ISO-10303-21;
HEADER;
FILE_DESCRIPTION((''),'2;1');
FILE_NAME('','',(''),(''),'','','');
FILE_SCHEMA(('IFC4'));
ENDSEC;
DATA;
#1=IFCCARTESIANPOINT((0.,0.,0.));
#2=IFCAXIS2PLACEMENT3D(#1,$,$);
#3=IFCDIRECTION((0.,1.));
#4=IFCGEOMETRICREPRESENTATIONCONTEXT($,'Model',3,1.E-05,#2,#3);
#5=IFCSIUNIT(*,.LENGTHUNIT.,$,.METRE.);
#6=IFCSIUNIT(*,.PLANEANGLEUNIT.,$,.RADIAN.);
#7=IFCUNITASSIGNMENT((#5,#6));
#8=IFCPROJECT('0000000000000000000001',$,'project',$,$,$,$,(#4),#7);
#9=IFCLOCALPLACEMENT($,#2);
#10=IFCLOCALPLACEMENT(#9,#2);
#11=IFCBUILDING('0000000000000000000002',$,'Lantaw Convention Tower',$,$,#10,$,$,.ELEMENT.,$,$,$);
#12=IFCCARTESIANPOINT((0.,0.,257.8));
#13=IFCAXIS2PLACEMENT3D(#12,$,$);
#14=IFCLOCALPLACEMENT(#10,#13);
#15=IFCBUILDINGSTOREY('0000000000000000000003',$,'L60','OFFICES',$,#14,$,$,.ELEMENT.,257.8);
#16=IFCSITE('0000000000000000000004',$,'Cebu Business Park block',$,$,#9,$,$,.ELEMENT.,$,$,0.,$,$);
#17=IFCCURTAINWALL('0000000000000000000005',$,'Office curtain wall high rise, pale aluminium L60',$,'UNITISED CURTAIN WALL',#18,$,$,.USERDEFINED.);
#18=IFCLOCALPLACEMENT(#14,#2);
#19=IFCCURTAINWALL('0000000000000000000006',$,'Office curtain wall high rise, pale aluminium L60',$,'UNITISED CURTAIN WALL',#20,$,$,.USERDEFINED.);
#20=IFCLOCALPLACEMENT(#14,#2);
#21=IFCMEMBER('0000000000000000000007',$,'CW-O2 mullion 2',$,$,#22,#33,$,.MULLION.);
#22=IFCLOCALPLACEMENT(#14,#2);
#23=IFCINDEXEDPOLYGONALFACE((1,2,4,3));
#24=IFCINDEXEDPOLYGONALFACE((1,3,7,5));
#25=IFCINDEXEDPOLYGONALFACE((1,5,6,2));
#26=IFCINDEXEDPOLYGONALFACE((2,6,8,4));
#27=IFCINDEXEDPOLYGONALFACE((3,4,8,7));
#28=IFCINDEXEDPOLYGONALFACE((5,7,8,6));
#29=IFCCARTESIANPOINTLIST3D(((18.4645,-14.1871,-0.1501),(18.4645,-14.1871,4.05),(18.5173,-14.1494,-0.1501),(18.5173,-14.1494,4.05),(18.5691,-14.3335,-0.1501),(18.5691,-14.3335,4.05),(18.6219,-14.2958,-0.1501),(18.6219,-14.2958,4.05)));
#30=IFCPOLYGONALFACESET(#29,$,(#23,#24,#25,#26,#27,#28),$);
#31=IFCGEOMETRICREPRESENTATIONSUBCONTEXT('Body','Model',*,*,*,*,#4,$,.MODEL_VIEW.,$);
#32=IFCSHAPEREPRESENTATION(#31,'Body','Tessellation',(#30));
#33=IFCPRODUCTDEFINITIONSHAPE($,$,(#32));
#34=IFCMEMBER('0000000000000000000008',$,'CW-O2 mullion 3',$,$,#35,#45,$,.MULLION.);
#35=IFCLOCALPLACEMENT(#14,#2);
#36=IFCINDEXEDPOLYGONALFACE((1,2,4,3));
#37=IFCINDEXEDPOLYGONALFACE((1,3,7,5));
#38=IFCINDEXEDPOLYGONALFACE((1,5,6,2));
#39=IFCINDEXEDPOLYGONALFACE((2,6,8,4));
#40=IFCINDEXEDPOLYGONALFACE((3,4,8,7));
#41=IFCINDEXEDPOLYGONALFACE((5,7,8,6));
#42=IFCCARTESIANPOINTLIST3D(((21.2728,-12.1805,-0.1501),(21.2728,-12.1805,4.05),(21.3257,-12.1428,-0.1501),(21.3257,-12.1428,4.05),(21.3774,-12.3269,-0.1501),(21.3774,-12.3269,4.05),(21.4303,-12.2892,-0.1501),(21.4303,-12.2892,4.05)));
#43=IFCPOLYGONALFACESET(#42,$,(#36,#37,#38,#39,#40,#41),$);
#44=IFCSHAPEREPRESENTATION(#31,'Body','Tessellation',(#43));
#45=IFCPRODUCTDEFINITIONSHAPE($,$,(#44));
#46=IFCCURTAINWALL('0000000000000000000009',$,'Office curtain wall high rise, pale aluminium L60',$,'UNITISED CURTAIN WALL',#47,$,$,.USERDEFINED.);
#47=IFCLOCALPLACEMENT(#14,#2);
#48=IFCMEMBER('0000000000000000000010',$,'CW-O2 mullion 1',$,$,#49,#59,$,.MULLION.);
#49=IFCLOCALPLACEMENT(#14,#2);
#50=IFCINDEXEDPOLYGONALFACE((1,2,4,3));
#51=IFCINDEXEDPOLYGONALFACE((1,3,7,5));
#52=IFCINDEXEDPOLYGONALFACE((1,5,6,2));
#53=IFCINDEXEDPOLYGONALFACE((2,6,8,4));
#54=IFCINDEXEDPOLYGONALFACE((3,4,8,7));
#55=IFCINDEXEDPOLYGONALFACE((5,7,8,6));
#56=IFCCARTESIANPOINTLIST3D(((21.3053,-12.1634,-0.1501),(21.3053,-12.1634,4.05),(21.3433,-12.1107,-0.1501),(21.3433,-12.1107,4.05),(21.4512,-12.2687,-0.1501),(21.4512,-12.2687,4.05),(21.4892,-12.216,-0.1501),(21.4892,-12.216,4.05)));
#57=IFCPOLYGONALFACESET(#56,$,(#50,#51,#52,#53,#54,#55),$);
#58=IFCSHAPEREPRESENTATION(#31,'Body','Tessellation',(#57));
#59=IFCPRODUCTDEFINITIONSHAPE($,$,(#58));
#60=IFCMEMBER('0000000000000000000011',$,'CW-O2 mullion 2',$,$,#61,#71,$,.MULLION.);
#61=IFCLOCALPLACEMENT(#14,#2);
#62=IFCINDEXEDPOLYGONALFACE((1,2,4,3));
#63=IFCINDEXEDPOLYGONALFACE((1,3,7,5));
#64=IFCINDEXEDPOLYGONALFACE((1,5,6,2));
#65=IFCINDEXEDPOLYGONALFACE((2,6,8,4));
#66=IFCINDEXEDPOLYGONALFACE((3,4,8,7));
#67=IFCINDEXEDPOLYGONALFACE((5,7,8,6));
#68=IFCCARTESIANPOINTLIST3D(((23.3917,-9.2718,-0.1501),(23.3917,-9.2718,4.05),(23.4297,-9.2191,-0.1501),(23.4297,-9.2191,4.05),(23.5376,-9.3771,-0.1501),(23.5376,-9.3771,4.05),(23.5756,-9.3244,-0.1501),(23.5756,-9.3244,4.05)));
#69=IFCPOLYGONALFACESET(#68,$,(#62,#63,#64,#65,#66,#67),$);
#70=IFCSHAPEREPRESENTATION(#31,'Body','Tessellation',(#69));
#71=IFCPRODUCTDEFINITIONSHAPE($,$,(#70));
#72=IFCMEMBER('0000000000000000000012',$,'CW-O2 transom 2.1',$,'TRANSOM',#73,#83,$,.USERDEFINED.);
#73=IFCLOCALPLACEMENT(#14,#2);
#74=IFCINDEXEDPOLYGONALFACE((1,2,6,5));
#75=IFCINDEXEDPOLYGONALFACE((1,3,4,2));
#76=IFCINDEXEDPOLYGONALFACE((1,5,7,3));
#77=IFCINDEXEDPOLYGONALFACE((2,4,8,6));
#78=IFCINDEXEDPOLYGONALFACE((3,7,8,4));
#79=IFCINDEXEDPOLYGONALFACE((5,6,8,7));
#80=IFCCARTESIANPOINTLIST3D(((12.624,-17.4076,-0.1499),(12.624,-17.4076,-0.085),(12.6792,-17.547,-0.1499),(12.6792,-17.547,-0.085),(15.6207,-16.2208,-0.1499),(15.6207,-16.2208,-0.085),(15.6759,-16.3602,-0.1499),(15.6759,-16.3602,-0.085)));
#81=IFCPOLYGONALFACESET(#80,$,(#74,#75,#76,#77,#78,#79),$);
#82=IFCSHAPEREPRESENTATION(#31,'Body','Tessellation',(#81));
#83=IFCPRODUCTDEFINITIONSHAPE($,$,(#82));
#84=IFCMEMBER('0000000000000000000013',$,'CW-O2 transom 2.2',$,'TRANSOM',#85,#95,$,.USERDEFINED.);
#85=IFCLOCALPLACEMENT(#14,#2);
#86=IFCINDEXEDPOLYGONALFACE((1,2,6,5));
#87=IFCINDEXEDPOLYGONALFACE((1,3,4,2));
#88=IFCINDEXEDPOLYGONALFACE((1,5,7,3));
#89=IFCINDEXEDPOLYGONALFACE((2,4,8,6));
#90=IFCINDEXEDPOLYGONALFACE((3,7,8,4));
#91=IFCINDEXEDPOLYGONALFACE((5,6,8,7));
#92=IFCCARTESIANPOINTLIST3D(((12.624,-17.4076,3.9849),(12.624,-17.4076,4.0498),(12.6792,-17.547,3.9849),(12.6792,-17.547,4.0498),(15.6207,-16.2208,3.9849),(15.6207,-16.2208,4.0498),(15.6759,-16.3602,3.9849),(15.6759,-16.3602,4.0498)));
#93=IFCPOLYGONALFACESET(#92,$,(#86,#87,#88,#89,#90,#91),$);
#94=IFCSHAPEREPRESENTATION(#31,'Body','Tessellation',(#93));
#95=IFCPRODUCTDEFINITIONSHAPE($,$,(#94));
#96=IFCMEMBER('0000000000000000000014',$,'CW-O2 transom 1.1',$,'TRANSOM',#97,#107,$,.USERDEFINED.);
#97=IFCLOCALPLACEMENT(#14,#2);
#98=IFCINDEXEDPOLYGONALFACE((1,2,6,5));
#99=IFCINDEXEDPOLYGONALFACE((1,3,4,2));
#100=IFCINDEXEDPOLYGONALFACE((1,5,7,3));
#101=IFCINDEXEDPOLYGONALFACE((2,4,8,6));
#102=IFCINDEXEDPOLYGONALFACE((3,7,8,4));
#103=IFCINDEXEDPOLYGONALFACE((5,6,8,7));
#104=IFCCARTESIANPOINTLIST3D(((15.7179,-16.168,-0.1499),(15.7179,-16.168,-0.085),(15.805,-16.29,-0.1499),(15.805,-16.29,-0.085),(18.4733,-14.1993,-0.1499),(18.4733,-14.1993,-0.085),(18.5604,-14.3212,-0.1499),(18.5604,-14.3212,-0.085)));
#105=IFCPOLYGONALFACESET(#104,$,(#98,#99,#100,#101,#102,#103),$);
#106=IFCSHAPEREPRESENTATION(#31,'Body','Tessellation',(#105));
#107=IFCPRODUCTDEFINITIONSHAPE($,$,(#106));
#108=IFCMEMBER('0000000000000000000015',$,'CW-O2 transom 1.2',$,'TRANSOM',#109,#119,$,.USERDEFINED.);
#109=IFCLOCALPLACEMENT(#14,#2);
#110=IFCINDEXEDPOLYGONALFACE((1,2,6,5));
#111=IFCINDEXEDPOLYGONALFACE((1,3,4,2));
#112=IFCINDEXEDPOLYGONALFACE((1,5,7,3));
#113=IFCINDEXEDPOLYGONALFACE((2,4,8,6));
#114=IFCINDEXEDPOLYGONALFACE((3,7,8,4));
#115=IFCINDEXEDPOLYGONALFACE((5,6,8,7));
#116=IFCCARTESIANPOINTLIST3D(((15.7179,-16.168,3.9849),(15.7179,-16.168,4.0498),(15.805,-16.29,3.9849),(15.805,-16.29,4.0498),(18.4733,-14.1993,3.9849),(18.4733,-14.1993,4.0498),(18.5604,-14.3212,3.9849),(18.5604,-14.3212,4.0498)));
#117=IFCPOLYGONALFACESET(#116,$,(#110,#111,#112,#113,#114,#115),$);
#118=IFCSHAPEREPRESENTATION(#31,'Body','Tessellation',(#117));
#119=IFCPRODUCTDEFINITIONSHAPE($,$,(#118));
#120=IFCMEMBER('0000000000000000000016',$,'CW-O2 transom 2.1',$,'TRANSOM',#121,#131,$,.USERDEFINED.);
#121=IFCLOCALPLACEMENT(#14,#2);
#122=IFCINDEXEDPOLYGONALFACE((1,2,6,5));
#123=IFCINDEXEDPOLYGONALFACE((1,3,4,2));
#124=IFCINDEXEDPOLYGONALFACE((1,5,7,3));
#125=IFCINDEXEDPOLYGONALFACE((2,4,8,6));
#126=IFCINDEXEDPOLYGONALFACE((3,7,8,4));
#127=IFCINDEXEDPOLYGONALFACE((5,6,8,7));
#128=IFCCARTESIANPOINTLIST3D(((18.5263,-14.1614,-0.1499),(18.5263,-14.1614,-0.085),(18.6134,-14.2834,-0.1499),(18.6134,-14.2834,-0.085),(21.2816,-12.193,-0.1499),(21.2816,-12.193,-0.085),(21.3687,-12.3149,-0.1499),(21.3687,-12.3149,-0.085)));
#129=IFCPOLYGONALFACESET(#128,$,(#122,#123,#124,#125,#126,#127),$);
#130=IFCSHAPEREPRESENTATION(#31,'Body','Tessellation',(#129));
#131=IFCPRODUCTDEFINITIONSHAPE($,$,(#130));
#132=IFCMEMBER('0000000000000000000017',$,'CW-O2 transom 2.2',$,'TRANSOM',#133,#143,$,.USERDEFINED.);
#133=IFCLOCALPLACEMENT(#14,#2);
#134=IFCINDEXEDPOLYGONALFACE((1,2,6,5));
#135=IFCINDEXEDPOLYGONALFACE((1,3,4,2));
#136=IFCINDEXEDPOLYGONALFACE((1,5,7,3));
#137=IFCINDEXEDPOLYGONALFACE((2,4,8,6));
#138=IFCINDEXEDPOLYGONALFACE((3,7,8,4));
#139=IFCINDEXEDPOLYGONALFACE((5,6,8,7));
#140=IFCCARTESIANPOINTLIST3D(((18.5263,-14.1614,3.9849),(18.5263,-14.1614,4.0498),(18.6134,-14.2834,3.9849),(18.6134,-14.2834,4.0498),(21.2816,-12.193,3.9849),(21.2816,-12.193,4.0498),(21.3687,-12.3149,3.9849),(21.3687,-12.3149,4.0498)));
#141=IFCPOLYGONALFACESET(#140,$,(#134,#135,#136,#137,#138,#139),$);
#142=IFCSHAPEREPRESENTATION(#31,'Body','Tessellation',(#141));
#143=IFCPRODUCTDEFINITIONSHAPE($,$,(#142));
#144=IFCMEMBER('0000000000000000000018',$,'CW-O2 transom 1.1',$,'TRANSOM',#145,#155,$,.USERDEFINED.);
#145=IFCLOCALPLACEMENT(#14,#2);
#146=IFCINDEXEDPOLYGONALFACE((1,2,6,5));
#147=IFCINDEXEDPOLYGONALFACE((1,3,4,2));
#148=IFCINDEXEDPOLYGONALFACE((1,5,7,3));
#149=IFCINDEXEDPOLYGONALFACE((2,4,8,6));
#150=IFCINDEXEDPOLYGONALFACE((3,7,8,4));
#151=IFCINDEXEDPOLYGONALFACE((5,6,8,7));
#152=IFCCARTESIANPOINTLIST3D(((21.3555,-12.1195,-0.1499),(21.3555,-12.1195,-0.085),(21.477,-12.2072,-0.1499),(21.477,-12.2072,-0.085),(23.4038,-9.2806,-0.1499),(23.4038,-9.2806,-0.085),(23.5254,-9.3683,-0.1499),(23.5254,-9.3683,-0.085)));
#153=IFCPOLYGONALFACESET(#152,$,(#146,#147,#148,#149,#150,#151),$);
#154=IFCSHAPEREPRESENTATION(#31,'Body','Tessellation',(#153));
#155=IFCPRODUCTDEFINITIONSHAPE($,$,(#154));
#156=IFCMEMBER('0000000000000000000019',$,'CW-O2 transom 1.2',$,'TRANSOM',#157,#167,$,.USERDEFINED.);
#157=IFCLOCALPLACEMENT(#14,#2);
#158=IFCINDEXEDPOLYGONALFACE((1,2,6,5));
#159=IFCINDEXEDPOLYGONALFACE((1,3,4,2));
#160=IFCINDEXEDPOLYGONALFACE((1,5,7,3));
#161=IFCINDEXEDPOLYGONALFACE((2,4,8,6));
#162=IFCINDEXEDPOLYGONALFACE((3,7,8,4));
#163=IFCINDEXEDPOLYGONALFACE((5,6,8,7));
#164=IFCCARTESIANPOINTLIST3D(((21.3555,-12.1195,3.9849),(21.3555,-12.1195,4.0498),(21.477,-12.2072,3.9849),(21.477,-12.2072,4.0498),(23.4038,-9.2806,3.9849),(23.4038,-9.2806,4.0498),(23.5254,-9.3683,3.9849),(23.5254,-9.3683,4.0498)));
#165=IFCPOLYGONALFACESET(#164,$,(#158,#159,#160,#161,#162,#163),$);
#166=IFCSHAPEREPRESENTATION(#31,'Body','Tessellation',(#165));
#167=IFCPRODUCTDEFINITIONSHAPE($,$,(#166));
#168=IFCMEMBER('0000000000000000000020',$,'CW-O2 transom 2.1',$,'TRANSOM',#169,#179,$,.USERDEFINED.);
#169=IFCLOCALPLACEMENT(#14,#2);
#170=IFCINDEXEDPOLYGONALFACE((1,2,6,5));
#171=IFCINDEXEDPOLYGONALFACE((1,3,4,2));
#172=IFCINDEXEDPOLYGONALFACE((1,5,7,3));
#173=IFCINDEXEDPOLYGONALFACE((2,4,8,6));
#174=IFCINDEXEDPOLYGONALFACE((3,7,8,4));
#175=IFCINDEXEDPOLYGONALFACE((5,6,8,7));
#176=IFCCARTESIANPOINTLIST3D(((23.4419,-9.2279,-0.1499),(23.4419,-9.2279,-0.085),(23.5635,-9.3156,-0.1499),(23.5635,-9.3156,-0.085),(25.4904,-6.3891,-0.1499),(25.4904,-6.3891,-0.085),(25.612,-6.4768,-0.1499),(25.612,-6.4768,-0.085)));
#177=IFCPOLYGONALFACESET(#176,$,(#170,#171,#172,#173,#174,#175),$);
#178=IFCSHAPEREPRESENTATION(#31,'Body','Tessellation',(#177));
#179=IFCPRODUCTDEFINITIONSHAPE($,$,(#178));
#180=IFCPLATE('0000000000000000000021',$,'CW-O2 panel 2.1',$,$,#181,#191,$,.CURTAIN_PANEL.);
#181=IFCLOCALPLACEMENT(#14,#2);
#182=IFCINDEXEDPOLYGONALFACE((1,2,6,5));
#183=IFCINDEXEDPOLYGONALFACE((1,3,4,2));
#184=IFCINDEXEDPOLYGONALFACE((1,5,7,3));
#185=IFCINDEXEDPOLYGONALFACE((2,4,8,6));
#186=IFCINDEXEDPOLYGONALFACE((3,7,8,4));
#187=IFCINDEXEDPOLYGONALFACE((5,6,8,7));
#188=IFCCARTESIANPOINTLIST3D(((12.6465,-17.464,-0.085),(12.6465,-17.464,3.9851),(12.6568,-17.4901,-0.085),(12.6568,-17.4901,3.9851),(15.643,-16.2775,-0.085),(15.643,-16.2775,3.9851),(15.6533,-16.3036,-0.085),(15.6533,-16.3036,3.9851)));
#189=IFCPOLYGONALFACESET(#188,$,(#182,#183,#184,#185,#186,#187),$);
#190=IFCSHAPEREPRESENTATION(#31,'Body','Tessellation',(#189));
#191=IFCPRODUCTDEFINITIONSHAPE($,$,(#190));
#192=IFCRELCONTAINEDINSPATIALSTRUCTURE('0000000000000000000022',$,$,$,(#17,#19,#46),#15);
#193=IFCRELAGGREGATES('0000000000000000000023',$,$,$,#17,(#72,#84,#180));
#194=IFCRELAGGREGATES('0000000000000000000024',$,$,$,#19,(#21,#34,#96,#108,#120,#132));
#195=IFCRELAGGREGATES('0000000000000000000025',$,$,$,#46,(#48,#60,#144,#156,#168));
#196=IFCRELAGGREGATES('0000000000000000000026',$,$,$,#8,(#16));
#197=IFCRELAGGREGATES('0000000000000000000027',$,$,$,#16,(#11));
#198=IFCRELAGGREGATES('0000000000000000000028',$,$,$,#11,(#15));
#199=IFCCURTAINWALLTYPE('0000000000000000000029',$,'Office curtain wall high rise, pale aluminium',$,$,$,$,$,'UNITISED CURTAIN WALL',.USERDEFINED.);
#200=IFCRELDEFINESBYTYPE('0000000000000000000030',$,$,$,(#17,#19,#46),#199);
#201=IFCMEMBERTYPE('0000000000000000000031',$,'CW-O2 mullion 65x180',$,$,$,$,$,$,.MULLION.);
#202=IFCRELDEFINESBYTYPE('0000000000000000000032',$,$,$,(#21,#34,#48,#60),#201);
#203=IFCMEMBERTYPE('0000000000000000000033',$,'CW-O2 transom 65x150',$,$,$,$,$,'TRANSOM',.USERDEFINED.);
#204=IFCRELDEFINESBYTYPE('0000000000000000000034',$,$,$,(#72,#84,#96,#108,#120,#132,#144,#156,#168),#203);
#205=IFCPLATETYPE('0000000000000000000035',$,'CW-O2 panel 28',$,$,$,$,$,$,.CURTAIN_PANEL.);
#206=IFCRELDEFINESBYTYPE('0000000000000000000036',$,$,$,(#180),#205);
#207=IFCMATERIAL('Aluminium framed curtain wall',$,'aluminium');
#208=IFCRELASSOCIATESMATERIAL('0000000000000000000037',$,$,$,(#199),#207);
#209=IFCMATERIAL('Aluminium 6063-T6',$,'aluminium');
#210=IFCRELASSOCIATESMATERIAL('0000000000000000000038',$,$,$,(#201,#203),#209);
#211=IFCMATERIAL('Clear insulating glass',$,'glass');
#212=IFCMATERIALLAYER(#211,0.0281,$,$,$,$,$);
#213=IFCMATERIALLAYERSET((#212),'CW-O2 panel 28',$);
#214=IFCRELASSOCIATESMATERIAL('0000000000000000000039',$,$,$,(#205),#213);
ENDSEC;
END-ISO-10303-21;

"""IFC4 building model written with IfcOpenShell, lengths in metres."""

from ifc_helpers import new_model, si_unit, direction, frame, origin, origin_2d, place, context, subcontext, project, spatial, rectangle, extrude, material, layer, layer_set, material_profile, profile_set, type_object, element, aggregate, save


model = new_model("IFC4")

# Units and contexts
model_context = context("Model", 3, precision=1e-05, world=origin(), true_north=direction((0.0, 1.0)))
body_context = subcontext(model_context, "Body", "Model", "MODEL_VIEW")
ifc_project = project(units=[si_unit("LENGTHUNIT", "METRE"), si_unit("PLANEANGLEUNIT", "RADIAN")], contexts=[model_context])

# Site, building, storey
site_placement = place(None, origin())
site = spatial("IfcSite", under=ifc_project, at=site_placement, Name="Cebu Business Park block", CompositionType="ELEMENT", RefElevation=0.0)
building_placement = place(site_placement, origin())
building = spatial("IfcBuilding", under=site, at=building_placement, Name="Lantaw Convention Tower", CompositionType="ELEMENT")
storey_placement = place(building_placement, frame((0.0, 0.0, 257.8)))
storey = spatial("IfcBuildingStorey", under=building, at=storey_placement, Name="L60", Description="OFFICES", CompositionType="ELEMENT", Elevation=257.8)

# Curtain walls, members
ifc_material_1 = material(Name="Aluminium framed curtain wall", Category="aluminium")
curtain_wall_type = type_object("IfcCurtainWallType", Name="Office curtain wall high rise, pale aluminium", ElementType="UNITISED CURTAIN WALL", PredefinedType="USERDEFINED", material=ifc_material_1)
curtain_wall_1_placement = place(storey_placement, origin())
curtain_wall_1 = element("IfcCurtainWall", 1, at=curtain_wall_1_placement, inside=storey, type_object=curtain_wall_type, Name="Office curtain wall high rise, pale aluminium L60", ObjectType="UNITISED CURTAIN WALL", PredefinedType="USERDEFINED")
ifc_material_2 = material(Name="Aluminium 6063-T6", Category="aluminium")
ifc_material_profile_1 = material_profile(ifc_material_2, rectangle(XDim=0.1799, YDim=0.0649, at=origin_2d()), Name="CW-O2 mullion 65x180")
ifc_profile_set_1 = profile_set([ifc_material_profile_1], Name="Aluminium 6063-T6")
member_type_1 = type_object("IfcMemberType", Name="CW-O2 mullion 65x180", PredefinedType="MULLION", material=ifc_profile_set_1)
curtain_wall_2_placement = place(storey_placement, origin())
curtain_wall_2 = element("IfcCurtainWall", 2, at=curtain_wall_2_placement, inside=storey, type_object=curtain_wall_type, Name="Office curtain wall high rise, pale aluminium L60", ObjectType="UNITISED CURTAIN WALL", PredefinedType="USERDEFINED")
member_1_placement = place(storey_placement, frame((18.5432, -14.2415, -0.1501), z_axis=(0.0, 0.0, 1.0), x_axis=(-0.581323, 0.813673, 0.0)))
member_1 = element("IfcMember", 3, at=member_1_placement, type_object=member_type_1, Name="CW-O2 mullion 2", PredefinedType="MULLION", context=body_context, shape_type="SweptSolid", body=[
    extrude(rectangle(XDim=0.1799, YDim=0.0649, at=origin_2d()), origin(), (0.0, 0.0, 1.0), 4.2002),
])
member_2_placement = place(storey_placement, frame((21.3516, -12.2349, -0.1501), z_axis=(0.0, 0.0, 1.0), x_axis=(-0.581323, 0.813673, 0.0)))
member_2 = element("IfcMember", 4, at=member_2_placement, type_object=member_type_1, Name="CW-O2 mullion 3", PredefinedType="MULLION", context=body_context, shape_type="SweptSolid", body=[
    extrude(rectangle(XDim=0.1799, YDim=0.0649, at=origin_2d()), origin(), (0.0, 0.0, 1.0), 4.2002),
])
curtain_wall_3_placement = place(storey_placement, origin())
curtain_wall_3 = element("IfcCurtainWall", 5, at=curtain_wall_3_placement, inside=storey, type_object=curtain_wall_type, Name="Office curtain wall high rise, pale aluminium L60", ObjectType="UNITISED CURTAIN WALL", PredefinedType="USERDEFINED")
member_3_placement = place(storey_placement, frame((21.3972, -12.1897, -0.1501), z_axis=(0.0, 0.0, 1.0), x_axis=(-0.81092, 0.585158, 0.0)))
member_3 = element("IfcMember", 6, at=member_3_placement, type_object=member_type_1, Name="CW-O2 mullion 1", PredefinedType="MULLION", context=body_context, shape_type="SweptSolid", body=[
    extrude(rectangle(XDim=0.1799, YDim=0.0649, at=origin_2d()), origin(), (0.0, 0.0, 1.0), 4.2002),
])
member_4_placement = place(storey_placement, frame((23.4836, -9.2981, -0.1501), z_axis=(0.0, 0.0, 1.0), x_axis=(-0.81092, 0.585158, 0.0)))
member_4 = element("IfcMember", 7, at=member_4_placement, type_object=member_type_1, Name="CW-O2 mullion 2", PredefinedType="MULLION", context=body_context, shape_type="SweptSolid", body=[
    extrude(rectangle(XDim=0.1799, YDim=0.0649, at=origin_2d()), origin(), (0.0, 0.0, 1.0), 4.2002),
])

# Members
ifc_material_profile_2 = material_profile(ifc_material_2, rectangle(XDim=0.1499, YDim=0.0649, at=origin_2d()), Name="CW-O2 transom 65x150")
ifc_profile_set_2 = profile_set([ifc_material_profile_2], Name="Aluminium 6063-T6")
member_type_2 = type_object("IfcMemberType", Name="CW-O2 transom 65x150", ElementType="TRANSOM", PredefinedType="USERDEFINED", material=ifc_profile_set_2)
member_5_placement = place(storey_placement, frame((12.6516, -17.4773, -0.1174), z_axis=(0.929741, 0.368215, 0.0), x_axis=(-0.368215, 0.929741, 0.0)))
member_5 = element("IfcMember", 8, at=member_5_placement, type_object=member_type_2, Name="CW-O2 transom 2.1", ObjectType="TRANSOM", PredefinedType="USERDEFINED", context=body_context, shape_type="SweptSolid", body=[
    extrude(rectangle(XDim=0.1499, YDim=0.0649, at=origin_2d()), origin(), (0.0, 0.0, 1.0), 3.2231),
])
member_6_placement = place(storey_placement, frame((12.6516, -17.4773, 4.0173), z_axis=(0.929741, 0.368215, 0.0), x_axis=(-0.368215, 0.929741, 0.0)))
member_6 = element("IfcMember", 9, at=member_6_placement, type_object=member_type_2, Name="CW-O2 transom 2.2", ObjectType="TRANSOM", PredefinedType="USERDEFINED", context=body_context, shape_type="SweptSolid", body=[
    extrude(rectangle(XDim=0.1499, YDim=0.0649, at=origin_2d()), origin(), (0.0, 0.0, 1.0), 3.2231),
])
member_7_placement = place(storey_placement, frame((15.7615, -16.229, -0.1174), z_axis=(0.813646, 0.581361, 0.0), x_axis=(-0.581361, 0.813646, 0.0)))
member_7 = element("IfcMember", 10, at=member_7_placement, type_object=member_type_2, Name="CW-O2 transom 1.1", ObjectType="TRANSOM", PredefinedType="USERDEFINED", context=body_context, shape_type="SweptSolid", body=[
    extrude(rectangle(XDim=0.1499, YDim=0.0649, at=origin_2d()), origin(), (0.0, 0.0, 1.0), 3.3865),
])
member_8_placement = place(storey_placement, frame((15.7615, -16.229, 4.0173), z_axis=(0.813646, 0.581361, 0.0), x_axis=(-0.581361, 0.813646, 0.0)))
member_8 = element("IfcMember", 11, at=member_8_placement, type_object=member_type_2, Name="CW-O2 transom 1.2", ObjectType="TRANSOM", PredefinedType="USERDEFINED", context=body_context, shape_type="SweptSolid", body=[
    extrude(rectangle(XDim=0.1499, YDim=0.0649, at=origin_2d()), origin(), (0.0, 0.0, 1.0), 3.3865),
])
member_9_placement = place(storey_placement, frame((18.5698, -14.2224, -0.1174), z_axis=(0.81368, 0.581313, 0.0), x_axis=(-0.581313, 0.81368, 0.0)))
member_9 = element("IfcMember", 12, at=member_9_placement, type_object=member_type_2, Name="CW-O2 transom 2.1", ObjectType="TRANSOM", PredefinedType="USERDEFINED", context=body_context, shape_type="SweptSolid", body=[
    extrude(rectangle(XDim=0.1499, YDim=0.0649, at=origin_2d()), origin(), (0.0, 0.0, 1.0), 3.3862),
])
member_10_placement = place(storey_placement, frame((18.5698, -14.2224, 4.0173), z_axis=(0.81368, 0.581313, 0.0), x_axis=(-0.581313, 0.81368, 0.0)))
member_10 = element("IfcMember", 13, at=member_10_placement, type_object=member_type_2, Name="CW-O2 transom 2.2", ObjectType="TRANSOM", PredefinedType="USERDEFINED", context=body_context, shape_type="SweptSolid", body=[
    extrude(rectangle(XDim=0.1499, YDim=0.0649, at=origin_2d()), origin(), (0.0, 0.0, 1.0), 3.3862),
])
member_11_placement = place(storey_placement, frame((21.4163, -12.1633, -0.1174), z_axis=(0.585124, 0.810944, 0.0), x_axis=(-0.810944, 0.585124, 0.0)))
member_11 = element("IfcMember", 14, at=member_11_placement, type_object=member_type_2, Name="CW-O2 transom 1.1", ObjectType="TRANSOM", PredefinedType="USERDEFINED", context=body_context, shape_type="SweptSolid", body=[
    extrude(rectangle(XDim=0.1499, YDim=0.0649, at=origin_2d()), origin(), (0.0, 0.0, 1.0), 3.5007),
])
member_12_placement = place(storey_placement, frame((21.4163, -12.1633, 4.0173), z_axis=(0.585124, 0.810944, 0.0), x_axis=(-0.810944, 0.585124, 0.0)))
member_12 = element("IfcMember", 15, at=member_12_placement, type_object=member_type_2, Name="CW-O2 transom 1.2", ObjectType="TRANSOM", PredefinedType="USERDEFINED", context=body_context, shape_type="SweptSolid", body=[
    extrude(rectangle(XDim=0.1499, YDim=0.0649, at=origin_2d()), origin(), (0.0, 0.0, 1.0), 3.5007),
])
member_13_placement = place(storey_placement, frame((23.5027, -9.2717, -0.1174), z_axis=(0.58517, 0.810911, 0.0), x_axis=(-0.810911, 0.58517, 0.0)))
member_13 = element("IfcMember", 16, at=member_13_placement, type_object=member_type_2, Name="CW-O2 transom 2.1", ObjectType="TRANSOM", PredefinedType="USERDEFINED", context=body_context, shape_type="SweptSolid", body=[
    extrude(rectangle(XDim=0.1499, YDim=0.0649, at=origin_2d()), origin(), (0.0, 0.0, 1.0), 3.5007),
])

# Plate
ifc_material_3 = material(Name="Clear insulating glass", Category="glass")
ifc_layer_1 = layer(ifc_material_3, 0.0281)
ifc_layer_set_1 = layer_set([ifc_layer_1], Name="CW-O2 panel 28")
plate_type_1 = type_object("IfcPlateType", Name="CW-O2 panel 28", PredefinedType="CURTAIN_PANEL", material=ifc_layer_set_1)
plate_1_placement = place(storey_placement, frame((14.1499, -16.8838, -0.085), z_axis=(0.0, 0.0, 1.0), x_axis=(0.929762, 0.368162, 0.0)))
plate_1 = element("IfcPlate", 17, at=plate_1_placement, type_object=plate_type_1, Name="CW-O2 panel 2.1", PredefinedType="CURTAIN_PANEL", context=body_context, shape_type="SweptSolid", body=[
    extrude(rectangle(XDim=3.2229, YDim=0.0281, at=origin_2d()), origin(), (0.0, 0.0, 1.0), 4.0701),
])
aggregate(curtain_wall_1, [member_5, member_6, plate_1])
aggregate(curtain_wall_2, [member_1, member_2, member_7, member_8, member_9, member_10])
aggregate(curtain_wall_3, [member_3, member_4, member_11, member_12, member_13])

save(model, "model.ifc")
